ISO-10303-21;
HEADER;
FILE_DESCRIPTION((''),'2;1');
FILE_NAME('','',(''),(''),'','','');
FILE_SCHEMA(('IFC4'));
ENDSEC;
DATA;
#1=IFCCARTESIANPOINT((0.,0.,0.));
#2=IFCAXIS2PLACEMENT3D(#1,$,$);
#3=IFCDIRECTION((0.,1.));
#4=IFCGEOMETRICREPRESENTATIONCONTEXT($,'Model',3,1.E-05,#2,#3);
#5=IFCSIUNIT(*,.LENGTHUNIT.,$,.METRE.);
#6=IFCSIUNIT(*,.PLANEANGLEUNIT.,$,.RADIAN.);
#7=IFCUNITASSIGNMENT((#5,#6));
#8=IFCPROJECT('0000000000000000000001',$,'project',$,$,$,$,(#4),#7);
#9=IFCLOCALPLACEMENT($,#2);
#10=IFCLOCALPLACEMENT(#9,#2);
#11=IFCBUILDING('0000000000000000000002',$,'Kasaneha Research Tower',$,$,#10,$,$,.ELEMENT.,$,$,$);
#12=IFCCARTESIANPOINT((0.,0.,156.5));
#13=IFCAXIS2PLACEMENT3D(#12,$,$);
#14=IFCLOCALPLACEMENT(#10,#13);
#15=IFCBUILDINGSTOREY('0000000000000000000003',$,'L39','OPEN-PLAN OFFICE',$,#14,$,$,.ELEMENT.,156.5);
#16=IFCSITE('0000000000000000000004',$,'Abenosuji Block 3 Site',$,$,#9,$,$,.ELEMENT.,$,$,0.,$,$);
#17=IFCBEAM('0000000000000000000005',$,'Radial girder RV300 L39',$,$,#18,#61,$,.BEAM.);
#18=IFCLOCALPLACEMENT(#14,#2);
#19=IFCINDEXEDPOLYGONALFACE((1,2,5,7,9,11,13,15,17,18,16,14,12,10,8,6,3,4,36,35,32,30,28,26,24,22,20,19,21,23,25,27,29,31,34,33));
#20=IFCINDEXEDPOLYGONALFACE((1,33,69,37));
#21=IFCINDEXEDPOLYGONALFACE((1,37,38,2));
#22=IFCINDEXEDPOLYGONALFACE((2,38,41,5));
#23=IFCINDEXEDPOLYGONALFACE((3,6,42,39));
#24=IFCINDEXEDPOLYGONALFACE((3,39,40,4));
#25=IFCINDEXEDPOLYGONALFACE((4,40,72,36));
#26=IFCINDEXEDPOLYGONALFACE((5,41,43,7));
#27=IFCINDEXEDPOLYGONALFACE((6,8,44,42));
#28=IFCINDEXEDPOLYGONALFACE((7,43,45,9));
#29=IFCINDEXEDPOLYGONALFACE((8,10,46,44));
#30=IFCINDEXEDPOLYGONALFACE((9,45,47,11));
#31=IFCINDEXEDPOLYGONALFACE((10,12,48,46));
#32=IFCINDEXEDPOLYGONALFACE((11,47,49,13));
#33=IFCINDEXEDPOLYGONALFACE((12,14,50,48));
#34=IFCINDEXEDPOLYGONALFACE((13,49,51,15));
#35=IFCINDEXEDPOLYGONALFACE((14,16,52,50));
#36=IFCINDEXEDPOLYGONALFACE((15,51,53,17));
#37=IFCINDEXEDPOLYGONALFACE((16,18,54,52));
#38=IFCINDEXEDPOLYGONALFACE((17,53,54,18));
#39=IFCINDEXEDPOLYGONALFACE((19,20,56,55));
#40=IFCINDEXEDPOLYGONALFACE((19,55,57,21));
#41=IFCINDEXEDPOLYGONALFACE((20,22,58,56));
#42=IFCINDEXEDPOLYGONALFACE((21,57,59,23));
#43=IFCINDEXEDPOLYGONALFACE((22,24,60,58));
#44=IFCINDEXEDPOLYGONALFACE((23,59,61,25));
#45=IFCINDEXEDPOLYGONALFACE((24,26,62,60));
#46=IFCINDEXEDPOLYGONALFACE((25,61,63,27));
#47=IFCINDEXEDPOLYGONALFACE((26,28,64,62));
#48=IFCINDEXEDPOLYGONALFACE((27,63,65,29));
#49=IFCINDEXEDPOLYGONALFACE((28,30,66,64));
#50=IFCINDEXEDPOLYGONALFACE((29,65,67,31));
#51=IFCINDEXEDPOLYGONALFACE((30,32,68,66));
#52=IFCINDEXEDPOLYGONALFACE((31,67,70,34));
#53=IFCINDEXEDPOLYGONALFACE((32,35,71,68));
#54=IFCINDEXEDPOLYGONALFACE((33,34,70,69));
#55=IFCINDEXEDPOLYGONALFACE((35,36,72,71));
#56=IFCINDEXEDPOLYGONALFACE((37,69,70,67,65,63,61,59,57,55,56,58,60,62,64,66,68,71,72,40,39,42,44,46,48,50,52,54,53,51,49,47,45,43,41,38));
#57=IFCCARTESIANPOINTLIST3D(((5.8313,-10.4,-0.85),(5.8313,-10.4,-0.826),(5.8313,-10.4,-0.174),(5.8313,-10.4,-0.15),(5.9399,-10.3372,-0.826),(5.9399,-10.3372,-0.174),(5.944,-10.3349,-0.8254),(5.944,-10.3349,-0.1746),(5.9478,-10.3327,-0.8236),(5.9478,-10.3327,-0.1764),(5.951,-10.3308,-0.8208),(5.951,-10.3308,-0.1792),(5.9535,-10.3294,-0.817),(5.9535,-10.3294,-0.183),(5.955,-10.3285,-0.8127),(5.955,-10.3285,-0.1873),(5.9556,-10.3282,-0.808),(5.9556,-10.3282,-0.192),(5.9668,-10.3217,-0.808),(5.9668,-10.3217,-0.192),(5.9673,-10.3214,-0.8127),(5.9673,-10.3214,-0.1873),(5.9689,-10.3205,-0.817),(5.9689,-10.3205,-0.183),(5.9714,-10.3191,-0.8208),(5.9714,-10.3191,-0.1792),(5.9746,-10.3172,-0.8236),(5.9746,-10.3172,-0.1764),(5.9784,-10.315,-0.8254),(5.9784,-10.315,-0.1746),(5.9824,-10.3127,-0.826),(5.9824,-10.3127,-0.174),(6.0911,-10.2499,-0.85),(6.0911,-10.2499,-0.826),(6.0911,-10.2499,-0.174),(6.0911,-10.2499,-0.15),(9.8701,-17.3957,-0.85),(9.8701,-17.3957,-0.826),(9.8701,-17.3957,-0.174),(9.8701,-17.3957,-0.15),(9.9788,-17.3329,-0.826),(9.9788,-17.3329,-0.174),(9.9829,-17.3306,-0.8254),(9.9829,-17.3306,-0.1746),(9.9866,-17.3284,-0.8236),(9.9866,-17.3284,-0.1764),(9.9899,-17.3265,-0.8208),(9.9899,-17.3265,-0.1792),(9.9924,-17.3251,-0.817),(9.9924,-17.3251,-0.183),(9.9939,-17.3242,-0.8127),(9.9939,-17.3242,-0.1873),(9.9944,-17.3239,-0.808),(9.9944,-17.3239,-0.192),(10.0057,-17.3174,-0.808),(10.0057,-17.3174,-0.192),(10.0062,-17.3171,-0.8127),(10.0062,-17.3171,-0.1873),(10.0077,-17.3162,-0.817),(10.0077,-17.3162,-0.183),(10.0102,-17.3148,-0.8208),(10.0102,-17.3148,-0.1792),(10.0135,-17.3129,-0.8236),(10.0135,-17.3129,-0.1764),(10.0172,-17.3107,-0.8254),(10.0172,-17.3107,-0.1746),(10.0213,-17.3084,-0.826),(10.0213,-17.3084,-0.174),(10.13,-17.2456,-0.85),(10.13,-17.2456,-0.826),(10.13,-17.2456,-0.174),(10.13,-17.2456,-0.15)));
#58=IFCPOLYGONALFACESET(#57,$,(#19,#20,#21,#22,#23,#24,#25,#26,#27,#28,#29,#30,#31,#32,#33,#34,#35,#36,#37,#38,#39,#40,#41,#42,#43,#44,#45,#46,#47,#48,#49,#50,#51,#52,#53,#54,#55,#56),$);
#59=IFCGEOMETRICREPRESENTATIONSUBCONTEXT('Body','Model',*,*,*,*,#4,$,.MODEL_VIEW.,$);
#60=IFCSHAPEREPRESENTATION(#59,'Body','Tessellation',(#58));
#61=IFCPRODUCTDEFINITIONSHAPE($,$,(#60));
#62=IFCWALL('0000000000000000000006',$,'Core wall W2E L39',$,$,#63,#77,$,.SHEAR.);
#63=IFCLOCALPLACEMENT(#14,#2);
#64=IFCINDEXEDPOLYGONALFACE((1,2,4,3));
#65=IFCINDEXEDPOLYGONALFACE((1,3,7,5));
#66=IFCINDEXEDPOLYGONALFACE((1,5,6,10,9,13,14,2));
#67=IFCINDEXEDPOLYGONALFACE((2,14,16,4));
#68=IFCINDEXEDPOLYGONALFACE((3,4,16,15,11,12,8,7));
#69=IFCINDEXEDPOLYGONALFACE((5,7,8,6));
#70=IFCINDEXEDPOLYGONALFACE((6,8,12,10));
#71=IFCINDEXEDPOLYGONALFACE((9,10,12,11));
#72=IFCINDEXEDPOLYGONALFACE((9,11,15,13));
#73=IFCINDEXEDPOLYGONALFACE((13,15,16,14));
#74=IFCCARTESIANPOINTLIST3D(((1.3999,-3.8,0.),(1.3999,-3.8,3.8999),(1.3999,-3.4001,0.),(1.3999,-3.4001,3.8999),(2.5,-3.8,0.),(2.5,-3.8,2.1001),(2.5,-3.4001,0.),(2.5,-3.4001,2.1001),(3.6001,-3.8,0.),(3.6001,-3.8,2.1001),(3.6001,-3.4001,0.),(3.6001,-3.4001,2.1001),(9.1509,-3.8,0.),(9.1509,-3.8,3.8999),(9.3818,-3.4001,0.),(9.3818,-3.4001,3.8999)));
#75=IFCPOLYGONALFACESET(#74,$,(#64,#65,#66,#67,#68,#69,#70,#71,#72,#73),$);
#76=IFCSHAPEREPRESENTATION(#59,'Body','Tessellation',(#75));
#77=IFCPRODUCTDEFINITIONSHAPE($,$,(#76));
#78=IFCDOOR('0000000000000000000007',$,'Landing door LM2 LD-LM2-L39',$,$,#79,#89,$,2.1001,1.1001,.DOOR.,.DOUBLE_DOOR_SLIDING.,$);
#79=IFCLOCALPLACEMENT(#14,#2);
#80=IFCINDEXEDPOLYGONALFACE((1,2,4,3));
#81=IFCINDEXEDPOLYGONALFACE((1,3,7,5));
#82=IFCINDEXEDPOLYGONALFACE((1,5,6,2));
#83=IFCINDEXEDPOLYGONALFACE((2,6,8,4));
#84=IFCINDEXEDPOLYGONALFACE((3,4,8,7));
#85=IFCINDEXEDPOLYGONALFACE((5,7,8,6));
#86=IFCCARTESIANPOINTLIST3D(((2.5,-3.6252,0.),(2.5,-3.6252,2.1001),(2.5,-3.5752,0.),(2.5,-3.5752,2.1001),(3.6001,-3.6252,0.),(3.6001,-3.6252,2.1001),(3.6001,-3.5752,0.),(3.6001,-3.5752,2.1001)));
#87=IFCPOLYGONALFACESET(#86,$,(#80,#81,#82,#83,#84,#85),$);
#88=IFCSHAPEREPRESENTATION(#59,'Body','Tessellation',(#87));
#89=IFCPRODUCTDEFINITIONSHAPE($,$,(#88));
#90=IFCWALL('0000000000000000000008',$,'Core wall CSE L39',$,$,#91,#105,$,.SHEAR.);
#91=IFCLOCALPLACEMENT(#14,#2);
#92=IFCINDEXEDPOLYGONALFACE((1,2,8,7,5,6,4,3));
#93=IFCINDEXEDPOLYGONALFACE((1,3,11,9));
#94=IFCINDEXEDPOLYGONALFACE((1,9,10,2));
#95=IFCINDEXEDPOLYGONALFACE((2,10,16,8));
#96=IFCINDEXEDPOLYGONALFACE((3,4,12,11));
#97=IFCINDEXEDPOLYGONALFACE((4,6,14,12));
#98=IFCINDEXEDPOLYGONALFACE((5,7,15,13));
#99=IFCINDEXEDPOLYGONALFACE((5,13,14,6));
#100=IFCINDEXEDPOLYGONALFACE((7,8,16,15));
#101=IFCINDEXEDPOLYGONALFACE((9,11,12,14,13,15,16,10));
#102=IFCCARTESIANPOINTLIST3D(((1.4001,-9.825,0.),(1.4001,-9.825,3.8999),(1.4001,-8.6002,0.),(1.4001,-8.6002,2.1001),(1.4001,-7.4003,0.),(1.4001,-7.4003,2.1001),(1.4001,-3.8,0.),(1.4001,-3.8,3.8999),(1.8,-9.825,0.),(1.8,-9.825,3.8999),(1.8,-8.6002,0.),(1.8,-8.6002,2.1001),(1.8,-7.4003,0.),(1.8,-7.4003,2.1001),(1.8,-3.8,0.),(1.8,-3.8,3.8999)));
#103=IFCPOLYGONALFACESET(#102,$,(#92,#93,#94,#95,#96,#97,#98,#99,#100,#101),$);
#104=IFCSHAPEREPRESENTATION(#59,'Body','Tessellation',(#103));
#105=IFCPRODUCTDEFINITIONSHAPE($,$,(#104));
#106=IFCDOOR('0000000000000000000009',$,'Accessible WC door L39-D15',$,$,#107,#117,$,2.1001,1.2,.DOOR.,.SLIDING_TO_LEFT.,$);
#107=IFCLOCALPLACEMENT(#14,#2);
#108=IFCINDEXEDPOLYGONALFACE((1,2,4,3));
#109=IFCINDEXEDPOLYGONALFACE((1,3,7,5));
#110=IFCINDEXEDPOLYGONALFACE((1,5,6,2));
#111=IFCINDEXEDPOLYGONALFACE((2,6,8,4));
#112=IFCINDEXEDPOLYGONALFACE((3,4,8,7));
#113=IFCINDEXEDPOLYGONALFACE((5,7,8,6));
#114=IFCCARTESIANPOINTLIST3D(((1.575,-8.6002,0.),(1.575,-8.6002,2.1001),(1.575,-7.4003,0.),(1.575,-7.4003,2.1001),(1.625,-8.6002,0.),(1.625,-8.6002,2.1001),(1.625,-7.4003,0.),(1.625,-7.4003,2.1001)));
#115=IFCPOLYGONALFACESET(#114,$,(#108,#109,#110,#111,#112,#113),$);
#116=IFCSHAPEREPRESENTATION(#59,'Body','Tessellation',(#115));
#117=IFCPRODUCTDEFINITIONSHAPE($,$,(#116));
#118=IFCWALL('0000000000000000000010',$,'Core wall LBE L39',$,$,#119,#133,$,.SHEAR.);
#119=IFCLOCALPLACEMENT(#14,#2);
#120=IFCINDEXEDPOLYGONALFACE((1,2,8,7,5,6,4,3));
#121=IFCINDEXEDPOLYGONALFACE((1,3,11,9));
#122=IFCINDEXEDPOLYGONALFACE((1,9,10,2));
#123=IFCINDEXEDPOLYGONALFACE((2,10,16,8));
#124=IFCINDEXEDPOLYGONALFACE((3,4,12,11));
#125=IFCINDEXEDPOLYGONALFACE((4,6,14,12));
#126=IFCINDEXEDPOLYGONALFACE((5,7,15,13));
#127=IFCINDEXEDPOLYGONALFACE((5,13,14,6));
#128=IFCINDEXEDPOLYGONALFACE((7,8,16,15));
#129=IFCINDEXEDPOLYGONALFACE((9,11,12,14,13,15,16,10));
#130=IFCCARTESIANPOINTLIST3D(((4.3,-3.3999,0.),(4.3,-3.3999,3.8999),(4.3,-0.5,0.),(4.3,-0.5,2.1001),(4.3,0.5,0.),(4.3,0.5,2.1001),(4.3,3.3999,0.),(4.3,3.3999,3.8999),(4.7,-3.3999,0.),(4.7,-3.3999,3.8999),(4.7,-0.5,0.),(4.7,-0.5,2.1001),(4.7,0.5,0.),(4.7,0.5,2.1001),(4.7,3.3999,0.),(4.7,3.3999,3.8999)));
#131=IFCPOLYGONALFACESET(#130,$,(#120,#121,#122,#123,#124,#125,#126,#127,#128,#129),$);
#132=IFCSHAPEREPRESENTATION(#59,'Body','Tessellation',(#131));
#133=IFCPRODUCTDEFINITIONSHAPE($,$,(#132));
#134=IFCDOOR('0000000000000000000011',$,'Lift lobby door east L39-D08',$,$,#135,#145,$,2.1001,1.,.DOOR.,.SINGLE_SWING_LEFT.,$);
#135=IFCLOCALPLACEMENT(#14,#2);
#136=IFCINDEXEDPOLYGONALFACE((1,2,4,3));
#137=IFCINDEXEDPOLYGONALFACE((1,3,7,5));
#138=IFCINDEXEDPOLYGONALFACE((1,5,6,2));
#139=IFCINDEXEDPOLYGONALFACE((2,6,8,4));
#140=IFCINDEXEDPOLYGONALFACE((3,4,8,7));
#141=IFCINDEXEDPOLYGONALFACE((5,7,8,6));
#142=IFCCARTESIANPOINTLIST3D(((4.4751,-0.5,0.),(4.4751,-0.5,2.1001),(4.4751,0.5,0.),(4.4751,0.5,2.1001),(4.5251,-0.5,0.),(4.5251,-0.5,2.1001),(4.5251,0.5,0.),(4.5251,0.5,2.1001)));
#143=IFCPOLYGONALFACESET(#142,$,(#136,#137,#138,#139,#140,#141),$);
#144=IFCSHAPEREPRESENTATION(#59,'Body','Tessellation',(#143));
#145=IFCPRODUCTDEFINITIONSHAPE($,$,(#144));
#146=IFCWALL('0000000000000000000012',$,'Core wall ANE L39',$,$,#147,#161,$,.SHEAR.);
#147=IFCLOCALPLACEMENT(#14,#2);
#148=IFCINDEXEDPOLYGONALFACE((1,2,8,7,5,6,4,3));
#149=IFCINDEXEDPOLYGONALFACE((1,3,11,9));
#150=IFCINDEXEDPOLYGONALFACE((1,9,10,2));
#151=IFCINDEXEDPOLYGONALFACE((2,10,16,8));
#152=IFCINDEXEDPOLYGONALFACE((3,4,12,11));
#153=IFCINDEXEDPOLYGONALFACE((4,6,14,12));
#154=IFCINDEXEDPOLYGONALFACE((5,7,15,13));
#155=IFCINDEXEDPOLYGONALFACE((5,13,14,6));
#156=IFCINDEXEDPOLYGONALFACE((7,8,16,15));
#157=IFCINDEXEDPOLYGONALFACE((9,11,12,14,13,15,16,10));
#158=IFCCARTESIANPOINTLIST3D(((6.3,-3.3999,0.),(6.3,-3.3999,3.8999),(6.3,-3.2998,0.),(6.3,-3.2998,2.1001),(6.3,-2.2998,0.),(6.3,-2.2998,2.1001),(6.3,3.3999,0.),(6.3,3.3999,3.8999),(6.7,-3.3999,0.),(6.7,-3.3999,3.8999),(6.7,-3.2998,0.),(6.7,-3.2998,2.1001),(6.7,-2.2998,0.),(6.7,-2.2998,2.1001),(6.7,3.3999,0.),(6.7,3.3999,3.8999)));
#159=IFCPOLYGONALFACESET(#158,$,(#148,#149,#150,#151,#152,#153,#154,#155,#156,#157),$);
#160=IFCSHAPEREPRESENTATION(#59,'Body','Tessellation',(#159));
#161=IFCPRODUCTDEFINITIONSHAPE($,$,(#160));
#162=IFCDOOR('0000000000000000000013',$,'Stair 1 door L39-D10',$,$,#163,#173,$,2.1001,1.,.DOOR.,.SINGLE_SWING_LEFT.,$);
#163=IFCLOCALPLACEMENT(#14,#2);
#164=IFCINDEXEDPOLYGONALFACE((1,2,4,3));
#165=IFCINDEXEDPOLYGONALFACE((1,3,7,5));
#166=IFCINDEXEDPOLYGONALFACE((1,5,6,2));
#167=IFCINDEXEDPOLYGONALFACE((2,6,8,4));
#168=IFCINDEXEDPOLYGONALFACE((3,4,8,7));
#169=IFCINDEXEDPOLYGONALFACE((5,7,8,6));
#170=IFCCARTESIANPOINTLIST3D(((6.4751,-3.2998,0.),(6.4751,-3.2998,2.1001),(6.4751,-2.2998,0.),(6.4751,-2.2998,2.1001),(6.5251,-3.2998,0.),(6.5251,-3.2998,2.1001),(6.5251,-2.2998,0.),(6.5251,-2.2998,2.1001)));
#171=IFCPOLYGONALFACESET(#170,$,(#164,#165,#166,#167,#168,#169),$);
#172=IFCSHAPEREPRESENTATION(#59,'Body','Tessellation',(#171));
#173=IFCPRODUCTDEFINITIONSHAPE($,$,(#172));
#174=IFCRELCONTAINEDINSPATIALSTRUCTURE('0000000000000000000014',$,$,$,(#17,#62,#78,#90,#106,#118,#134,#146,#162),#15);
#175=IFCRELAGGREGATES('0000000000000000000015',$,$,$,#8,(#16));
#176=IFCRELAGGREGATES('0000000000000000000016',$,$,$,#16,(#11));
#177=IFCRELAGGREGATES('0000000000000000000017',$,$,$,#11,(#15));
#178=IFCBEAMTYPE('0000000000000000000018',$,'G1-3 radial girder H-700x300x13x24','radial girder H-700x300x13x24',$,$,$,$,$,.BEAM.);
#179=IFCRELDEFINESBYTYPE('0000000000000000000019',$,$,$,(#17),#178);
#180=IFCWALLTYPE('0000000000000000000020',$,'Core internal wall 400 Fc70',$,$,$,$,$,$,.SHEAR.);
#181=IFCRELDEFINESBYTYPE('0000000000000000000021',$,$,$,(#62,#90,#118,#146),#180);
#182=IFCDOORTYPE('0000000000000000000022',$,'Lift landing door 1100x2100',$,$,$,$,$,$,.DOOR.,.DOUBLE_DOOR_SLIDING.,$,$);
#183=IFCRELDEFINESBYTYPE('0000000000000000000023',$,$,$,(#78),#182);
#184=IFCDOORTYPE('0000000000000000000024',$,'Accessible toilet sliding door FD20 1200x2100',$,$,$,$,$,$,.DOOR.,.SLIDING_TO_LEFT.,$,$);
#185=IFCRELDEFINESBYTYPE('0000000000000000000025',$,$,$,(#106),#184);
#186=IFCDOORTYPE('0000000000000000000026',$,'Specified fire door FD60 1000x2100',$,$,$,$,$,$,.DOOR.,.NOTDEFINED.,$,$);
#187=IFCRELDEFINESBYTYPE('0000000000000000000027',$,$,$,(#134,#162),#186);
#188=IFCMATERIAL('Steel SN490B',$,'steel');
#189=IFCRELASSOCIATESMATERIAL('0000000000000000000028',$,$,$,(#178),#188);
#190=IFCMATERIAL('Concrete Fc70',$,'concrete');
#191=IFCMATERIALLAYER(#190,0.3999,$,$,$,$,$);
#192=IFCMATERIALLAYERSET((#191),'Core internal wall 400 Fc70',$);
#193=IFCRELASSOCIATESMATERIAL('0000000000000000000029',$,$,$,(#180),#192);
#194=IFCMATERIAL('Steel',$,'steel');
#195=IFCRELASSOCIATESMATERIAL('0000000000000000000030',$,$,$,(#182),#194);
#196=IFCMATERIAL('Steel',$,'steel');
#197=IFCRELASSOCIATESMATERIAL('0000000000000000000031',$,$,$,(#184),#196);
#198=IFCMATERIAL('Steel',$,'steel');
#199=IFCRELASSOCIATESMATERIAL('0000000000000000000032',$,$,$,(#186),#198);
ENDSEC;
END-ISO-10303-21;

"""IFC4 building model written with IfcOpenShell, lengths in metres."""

from ifc_helpers import new_model, si_unit, direction, frame, frame_2d, origin, origin_2d, place, context, subcontext, project, spatial, polyline, rectangle, i_section, outline, extrude, material, layer, layer_set, material_profile, profile_set, type_object, element, fill, save


model = new_model("IFC4")

# Units and contexts
model_context = context("Model", 3, precision=1e-05, world=origin(), true_north=direction((0.0, 1.0)))
body_context = subcontext(model_context, "Body", "Model", "MODEL_VIEW")
ifc_project = project(units=[si_unit("LENGTHUNIT", "METRE"), si_unit("PLANEANGLEUNIT", "RADIAN")], contexts=[model_context])

# Site, building, storey
site_placement = place(None, origin())
site = spatial("IfcSite", under=ifc_project, at=site_placement, Name="Abenosuji Block 3 Site", CompositionType="ELEMENT", RefElevation=0.0)
building_placement = place(site_placement, origin())
building = spatial("IfcBuilding", under=site, at=building_placement, Name="Kasaneha Research Tower", CompositionType="ELEMENT")
storey_placement = place(building_placement, frame((0.0, 0.0, 156.5)))
storey = spatial("IfcBuildingStorey", under=building, at=storey_placement, Name="L39", Description="OPEN-PLAN OFFICE", CompositionType="ELEMENT", Elevation=156.5)

# Beam
ifc_material_1 = material(Name="Steel SN490B", Category="steel")
ifc_material_profile_1 = material_profile(ifc_material_1, i_section(OverallWidth=0.3, OverallDepth=0.7, WebThickness=0.0129, FlangeThickness=0.0239, FilletRadius=0.0181, at=origin_2d()), Name="H-700x300x13x24")
ifc_profile_set_1 = profile_set([ifc_material_profile_1], Name="Steel SN490B")
beam_type_1 = type_object("IfcBeamType", Name="G1-3 radial girder H-700x300x13x24", Description="radial girder H-700x300x13x24", PredefinedType="BEAM", material=ifc_profile_set_1)
beam_1_placement = place(storey_placement, frame((5.9612, -10.325, -0.5), z_axis=(0.499991, -0.866031, 0.0), x_axis=(0.866031, 0.499991, 0.0)))
element("IfcBeam", 1, at=beam_1_placement, inside=storey, type_object=beam_type_1, Name="Radial girder RV300 L39", PredefinedType="BEAM", context=body_context, shape_type="SweptSolid", body=[
    extrude(i_section(OverallWidth=0.3, OverallDepth=0.7, WebThickness=0.0129, FlangeThickness=0.0239, FilletRadius=0.0181, at=origin_2d()), origin(), (0.0, 0.0, 1.0), 8.0779),
])

# Walls, openings, doors
ifc_material_2 = material(Name="Concrete Fc70", Category="concrete")
ifc_layer_1 = layer(ifc_material_2, 0.3999)
ifc_layer_set_1 = layer_set([ifc_layer_1], Name="Core internal wall 400 Fc70")
wall_type_1 = type_object("IfcWallType", Name="Core internal wall 400 Fc70", PredefinedType="SHEAR", material=ifc_layer_set_1)
wall_1_placement = place(storey_placement, frame((1.3999, -3.6001, 0.0), z_axis=(0.0, 0.0, 1.0), x_axis=(1.0, 0.0, 0.0)))
wall_1 = element("IfcWall", 2, at=wall_1_placement, inside=storey, type_object=wall_type_1, Name="Core wall W2E L39", PredefinedType="SHEAR", context=body_context, shape_type="SweptSolid", body=[
    extrude(outline(polyline([(0.0, -0.2), (1.1001, -0.2), (2.2002, -0.2), (7.751, -0.2), (7.9819, 0.2), (2.2002, 0.2), (1.1001, 0.2), (0.0, 0.2), (0.0, -0.2)])), origin(), (0.0, 0.0, 1.0), 3.8999),
])
opening_1_placement = place(wall_1_placement, frame((1.1001, 0.0, 0.0)))
opening_1 = element("IfcOpeningElement", 3, at=opening_1_placement, cuts=wall_1, PredefinedType="OPENING", context=body_context, shape_type="SweptSolid", body=[
    extrude(rectangle(XDim=1.1001, YDim=2.1001, at=frame_2d((0.55, 1.05))), frame((0.0, 0.21, 0.0), z_axis=(0.0, -1.0, 0.0), x_axis=(1.0, 0.0, 0.0)), (0.0, 0.0, 1.0), 0.4199),
])
ifc_material_3 = material(Name="Steel", Category="steel")
door_type_1 = type_object("IfcDoorType", Name="Lift landing door 1100x2100", OperationType="DOUBLE_DOOR_SLIDING", PredefinedType="DOOR", material=ifc_material_3)
door_1_placement = place(opening_1_placement, origin())
door_1 = element("IfcDoor", 4, at=door_1_placement, inside=storey, type_object=door_type_1, Name="Landing door LM2 LD-LM2-L39", OperationType="DOUBLE_DOOR_SLIDING", OverallHeight=2.1001, OverallWidth=1.1001, PredefinedType="DOOR", context=body_context, shape_type="SweptSolid", body=[
    extrude(rectangle(XDim=1.1001, YDim=2.1001, at=frame_2d((0.55, 1.05))), frame((0.0, 0.0249, 0.0), z_axis=(0.0, -1.0, 0.0), x_axis=(1.0, 0.0, 0.0)), (0.0, 0.0, 1.0), 0.05),
])
fill(opening_1, door_1)
wall_2_placement = place(storey_placement, frame((1.6001, -3.8, 0.0), z_axis=(0.0, 0.0, 1.0), x_axis=(0.0, -1.0, 0.0)))
wall_2 = element("IfcWall", 5, at=wall_2_placement, inside=storey, type_object=wall_type_1, Name="Core wall CSE L39", PredefinedType="SHEAR", context=body_context, shape_type="SweptSolid", body=[
    extrude(rectangle(XDim=6.0249, YDim=0.3999, at=frame_2d((3.0125, 0.0))), origin(), (0.0, 0.0, 1.0), 3.8999),
])
opening_2_placement = place(wall_2_placement, frame((3.6001, 0.0, 0.0)))
opening_2 = element("IfcOpeningElement", 6, at=opening_2_placement, cuts=wall_2, PredefinedType="OPENING", context=body_context, shape_type="SweptSolid", body=[
    extrude(rectangle(XDim=1.2, YDim=2.1001, at=frame_2d((0.6001, 1.05))), frame((0.0, 0.21, 0.0), z_axis=(0.0, -1.0, 0.0), x_axis=(1.0, 0.0, 0.0)), (0.0, 0.0, 1.0), 0.4199),
])
ifc_material_4 = material(Name="Steel", Category="steel")
door_type_2 = type_object("IfcDoorType", Name="Accessible toilet sliding door FD20 1200x2100", OperationType="SLIDING_TO_LEFT", PredefinedType="DOOR", material=ifc_material_4)
door_2_placement = place(opening_2_placement, origin())
door_2 = element("IfcDoor", 7, at=door_2_placement, inside=storey, type_object=door_type_2, Name="Accessible WC door L39-D15", OperationType="SLIDING_TO_LEFT", OverallHeight=2.1001, OverallWidth=1.2, PredefinedType="DOOR", context=body_context, shape_type="SweptSolid", body=[
    extrude(rectangle(XDim=1.2, YDim=2.1001, at=frame_2d((0.6001, 1.05))), frame((0.0, 0.0249, 0.0), z_axis=(0.0, -1.0, 0.0), x_axis=(1.0, 0.0, 0.0)), (0.0, 0.0, 1.0), 0.05),
])
fill(opening_2, door_2)
wall_3_placement = place(storey_placement, frame((4.5, -3.3999, 0.0), z_axis=(0.0, 0.0, 1.0), x_axis=(0.0, 1.0, 0.0)))
wall_3 = element("IfcWall", 8, at=wall_3_placement, inside=storey, type_object=wall_type_1, Name="Core wall LBE L39", PredefinedType="SHEAR", context=body_context, shape_type="SweptSolid", body=[
    extrude(rectangle(XDim=6.7998, YDim=0.3999, at=frame_2d((3.3999, 0.0))), origin(), (0.0, 0.0, 1.0), 3.8999),
])
opening_3_placement = place(wall_3_placement, frame((2.8999, 0.0, 0.0)))
opening_3 = element("IfcOpeningElement", 9, at=opening_3_placement, cuts=wall_3, PredefinedType="OPENING", context=body_context, shape_type="SweptSolid", body=[
    extrude(rectangle(XDim=1.0, YDim=2.1001, at=frame_2d((0.5, 1.05))), frame((0.0, 0.21, 0.0), z_axis=(0.0, -1.0, 0.0), x_axis=(1.0, 0.0, 0.0)), (0.0, 0.0, 1.0), 0.4199),
])
ifc_material_5 = material(Name="Steel", Category="steel")
door_type_3 = type_object("IfcDoorType", Name="Specified fire door FD60 1000x2100", OperationType="NOTDEFINED", PredefinedType="DOOR", material=ifc_material_5)
door_3_placement = place(opening_3_placement, origin())
door_3 = element("IfcDoor", 10, at=door_3_placement, inside=storey, type_object=door_type_3, Name="Lift lobby door east L39-D08", OperationType="SINGLE_SWING_LEFT", OverallHeight=2.1001, OverallWidth=1.0, PredefinedType="DOOR", context=body_context, shape_type="SweptSolid", body=[
    extrude(rectangle(XDim=1.0, YDim=2.1001, at=frame_2d((0.5, 1.05))), frame((0.0, 0.0249, 0.0), z_axis=(0.0, -1.0, 0.0), x_axis=(1.0, 0.0, 0.0)), (0.0, 0.0, 1.0), 0.05),
])
fill(opening_3, door_3)
wall_4_placement = place(storey_placement, frame((6.5, -3.3999, 0.0), z_axis=(0.0, 0.0, 1.0), x_axis=(0.0, 1.0, 0.0)))
wall_4 = element("IfcWall", 11, at=wall_4_placement, inside=storey, type_object=wall_type_1, Name="Core wall ANE L39", PredefinedType="SHEAR", context=body_context, shape_type="SweptSolid", body=[
    extrude(rectangle(XDim=6.7998, YDim=0.3999, at=frame_2d((3.3999, 0.0))), origin(), (0.0, 0.0, 1.0), 3.8999),
])
opening_4_placement = place(wall_4_placement, frame((0.1001, 0.0, 0.0)))
opening_4 = element("IfcOpeningElement", 12, at=opening_4_placement, cuts=wall_4, PredefinedType="OPENING", context=body_context, shape_type="SweptSolid", body=[
    extrude(rectangle(XDim=1.0, YDim=2.1001, at=frame_2d((0.5, 1.05))), frame((0.0, 0.21, 0.0), z_axis=(0.0, -1.0, 0.0), x_axis=(1.0, 0.0, 0.0)), (0.0, 0.0, 1.0), 0.4199),
])
door_4_placement = place(opening_4_placement, origin())
door_4 = element("IfcDoor", 13, at=door_4_placement, inside=storey, type_object=door_type_3, Name="Stair 1 door L39-D10", OperationType="SINGLE_SWING_LEFT", OverallHeight=2.1001, OverallWidth=1.0, PredefinedType="DOOR", context=body_context, shape_type="SweptSolid", body=[
    extrude(rectangle(XDim=1.0, YDim=2.1001, at=frame_2d((0.5, 1.05))), frame((0.0, 0.0249, 0.0), z_axis=(0.0, -1.0, 0.0), x_axis=(1.0, 0.0, 0.0)), (0.0, 0.0, 1.0), 0.05),
])
fill(opening_4, door_4)

save(model, "model.ifc")
